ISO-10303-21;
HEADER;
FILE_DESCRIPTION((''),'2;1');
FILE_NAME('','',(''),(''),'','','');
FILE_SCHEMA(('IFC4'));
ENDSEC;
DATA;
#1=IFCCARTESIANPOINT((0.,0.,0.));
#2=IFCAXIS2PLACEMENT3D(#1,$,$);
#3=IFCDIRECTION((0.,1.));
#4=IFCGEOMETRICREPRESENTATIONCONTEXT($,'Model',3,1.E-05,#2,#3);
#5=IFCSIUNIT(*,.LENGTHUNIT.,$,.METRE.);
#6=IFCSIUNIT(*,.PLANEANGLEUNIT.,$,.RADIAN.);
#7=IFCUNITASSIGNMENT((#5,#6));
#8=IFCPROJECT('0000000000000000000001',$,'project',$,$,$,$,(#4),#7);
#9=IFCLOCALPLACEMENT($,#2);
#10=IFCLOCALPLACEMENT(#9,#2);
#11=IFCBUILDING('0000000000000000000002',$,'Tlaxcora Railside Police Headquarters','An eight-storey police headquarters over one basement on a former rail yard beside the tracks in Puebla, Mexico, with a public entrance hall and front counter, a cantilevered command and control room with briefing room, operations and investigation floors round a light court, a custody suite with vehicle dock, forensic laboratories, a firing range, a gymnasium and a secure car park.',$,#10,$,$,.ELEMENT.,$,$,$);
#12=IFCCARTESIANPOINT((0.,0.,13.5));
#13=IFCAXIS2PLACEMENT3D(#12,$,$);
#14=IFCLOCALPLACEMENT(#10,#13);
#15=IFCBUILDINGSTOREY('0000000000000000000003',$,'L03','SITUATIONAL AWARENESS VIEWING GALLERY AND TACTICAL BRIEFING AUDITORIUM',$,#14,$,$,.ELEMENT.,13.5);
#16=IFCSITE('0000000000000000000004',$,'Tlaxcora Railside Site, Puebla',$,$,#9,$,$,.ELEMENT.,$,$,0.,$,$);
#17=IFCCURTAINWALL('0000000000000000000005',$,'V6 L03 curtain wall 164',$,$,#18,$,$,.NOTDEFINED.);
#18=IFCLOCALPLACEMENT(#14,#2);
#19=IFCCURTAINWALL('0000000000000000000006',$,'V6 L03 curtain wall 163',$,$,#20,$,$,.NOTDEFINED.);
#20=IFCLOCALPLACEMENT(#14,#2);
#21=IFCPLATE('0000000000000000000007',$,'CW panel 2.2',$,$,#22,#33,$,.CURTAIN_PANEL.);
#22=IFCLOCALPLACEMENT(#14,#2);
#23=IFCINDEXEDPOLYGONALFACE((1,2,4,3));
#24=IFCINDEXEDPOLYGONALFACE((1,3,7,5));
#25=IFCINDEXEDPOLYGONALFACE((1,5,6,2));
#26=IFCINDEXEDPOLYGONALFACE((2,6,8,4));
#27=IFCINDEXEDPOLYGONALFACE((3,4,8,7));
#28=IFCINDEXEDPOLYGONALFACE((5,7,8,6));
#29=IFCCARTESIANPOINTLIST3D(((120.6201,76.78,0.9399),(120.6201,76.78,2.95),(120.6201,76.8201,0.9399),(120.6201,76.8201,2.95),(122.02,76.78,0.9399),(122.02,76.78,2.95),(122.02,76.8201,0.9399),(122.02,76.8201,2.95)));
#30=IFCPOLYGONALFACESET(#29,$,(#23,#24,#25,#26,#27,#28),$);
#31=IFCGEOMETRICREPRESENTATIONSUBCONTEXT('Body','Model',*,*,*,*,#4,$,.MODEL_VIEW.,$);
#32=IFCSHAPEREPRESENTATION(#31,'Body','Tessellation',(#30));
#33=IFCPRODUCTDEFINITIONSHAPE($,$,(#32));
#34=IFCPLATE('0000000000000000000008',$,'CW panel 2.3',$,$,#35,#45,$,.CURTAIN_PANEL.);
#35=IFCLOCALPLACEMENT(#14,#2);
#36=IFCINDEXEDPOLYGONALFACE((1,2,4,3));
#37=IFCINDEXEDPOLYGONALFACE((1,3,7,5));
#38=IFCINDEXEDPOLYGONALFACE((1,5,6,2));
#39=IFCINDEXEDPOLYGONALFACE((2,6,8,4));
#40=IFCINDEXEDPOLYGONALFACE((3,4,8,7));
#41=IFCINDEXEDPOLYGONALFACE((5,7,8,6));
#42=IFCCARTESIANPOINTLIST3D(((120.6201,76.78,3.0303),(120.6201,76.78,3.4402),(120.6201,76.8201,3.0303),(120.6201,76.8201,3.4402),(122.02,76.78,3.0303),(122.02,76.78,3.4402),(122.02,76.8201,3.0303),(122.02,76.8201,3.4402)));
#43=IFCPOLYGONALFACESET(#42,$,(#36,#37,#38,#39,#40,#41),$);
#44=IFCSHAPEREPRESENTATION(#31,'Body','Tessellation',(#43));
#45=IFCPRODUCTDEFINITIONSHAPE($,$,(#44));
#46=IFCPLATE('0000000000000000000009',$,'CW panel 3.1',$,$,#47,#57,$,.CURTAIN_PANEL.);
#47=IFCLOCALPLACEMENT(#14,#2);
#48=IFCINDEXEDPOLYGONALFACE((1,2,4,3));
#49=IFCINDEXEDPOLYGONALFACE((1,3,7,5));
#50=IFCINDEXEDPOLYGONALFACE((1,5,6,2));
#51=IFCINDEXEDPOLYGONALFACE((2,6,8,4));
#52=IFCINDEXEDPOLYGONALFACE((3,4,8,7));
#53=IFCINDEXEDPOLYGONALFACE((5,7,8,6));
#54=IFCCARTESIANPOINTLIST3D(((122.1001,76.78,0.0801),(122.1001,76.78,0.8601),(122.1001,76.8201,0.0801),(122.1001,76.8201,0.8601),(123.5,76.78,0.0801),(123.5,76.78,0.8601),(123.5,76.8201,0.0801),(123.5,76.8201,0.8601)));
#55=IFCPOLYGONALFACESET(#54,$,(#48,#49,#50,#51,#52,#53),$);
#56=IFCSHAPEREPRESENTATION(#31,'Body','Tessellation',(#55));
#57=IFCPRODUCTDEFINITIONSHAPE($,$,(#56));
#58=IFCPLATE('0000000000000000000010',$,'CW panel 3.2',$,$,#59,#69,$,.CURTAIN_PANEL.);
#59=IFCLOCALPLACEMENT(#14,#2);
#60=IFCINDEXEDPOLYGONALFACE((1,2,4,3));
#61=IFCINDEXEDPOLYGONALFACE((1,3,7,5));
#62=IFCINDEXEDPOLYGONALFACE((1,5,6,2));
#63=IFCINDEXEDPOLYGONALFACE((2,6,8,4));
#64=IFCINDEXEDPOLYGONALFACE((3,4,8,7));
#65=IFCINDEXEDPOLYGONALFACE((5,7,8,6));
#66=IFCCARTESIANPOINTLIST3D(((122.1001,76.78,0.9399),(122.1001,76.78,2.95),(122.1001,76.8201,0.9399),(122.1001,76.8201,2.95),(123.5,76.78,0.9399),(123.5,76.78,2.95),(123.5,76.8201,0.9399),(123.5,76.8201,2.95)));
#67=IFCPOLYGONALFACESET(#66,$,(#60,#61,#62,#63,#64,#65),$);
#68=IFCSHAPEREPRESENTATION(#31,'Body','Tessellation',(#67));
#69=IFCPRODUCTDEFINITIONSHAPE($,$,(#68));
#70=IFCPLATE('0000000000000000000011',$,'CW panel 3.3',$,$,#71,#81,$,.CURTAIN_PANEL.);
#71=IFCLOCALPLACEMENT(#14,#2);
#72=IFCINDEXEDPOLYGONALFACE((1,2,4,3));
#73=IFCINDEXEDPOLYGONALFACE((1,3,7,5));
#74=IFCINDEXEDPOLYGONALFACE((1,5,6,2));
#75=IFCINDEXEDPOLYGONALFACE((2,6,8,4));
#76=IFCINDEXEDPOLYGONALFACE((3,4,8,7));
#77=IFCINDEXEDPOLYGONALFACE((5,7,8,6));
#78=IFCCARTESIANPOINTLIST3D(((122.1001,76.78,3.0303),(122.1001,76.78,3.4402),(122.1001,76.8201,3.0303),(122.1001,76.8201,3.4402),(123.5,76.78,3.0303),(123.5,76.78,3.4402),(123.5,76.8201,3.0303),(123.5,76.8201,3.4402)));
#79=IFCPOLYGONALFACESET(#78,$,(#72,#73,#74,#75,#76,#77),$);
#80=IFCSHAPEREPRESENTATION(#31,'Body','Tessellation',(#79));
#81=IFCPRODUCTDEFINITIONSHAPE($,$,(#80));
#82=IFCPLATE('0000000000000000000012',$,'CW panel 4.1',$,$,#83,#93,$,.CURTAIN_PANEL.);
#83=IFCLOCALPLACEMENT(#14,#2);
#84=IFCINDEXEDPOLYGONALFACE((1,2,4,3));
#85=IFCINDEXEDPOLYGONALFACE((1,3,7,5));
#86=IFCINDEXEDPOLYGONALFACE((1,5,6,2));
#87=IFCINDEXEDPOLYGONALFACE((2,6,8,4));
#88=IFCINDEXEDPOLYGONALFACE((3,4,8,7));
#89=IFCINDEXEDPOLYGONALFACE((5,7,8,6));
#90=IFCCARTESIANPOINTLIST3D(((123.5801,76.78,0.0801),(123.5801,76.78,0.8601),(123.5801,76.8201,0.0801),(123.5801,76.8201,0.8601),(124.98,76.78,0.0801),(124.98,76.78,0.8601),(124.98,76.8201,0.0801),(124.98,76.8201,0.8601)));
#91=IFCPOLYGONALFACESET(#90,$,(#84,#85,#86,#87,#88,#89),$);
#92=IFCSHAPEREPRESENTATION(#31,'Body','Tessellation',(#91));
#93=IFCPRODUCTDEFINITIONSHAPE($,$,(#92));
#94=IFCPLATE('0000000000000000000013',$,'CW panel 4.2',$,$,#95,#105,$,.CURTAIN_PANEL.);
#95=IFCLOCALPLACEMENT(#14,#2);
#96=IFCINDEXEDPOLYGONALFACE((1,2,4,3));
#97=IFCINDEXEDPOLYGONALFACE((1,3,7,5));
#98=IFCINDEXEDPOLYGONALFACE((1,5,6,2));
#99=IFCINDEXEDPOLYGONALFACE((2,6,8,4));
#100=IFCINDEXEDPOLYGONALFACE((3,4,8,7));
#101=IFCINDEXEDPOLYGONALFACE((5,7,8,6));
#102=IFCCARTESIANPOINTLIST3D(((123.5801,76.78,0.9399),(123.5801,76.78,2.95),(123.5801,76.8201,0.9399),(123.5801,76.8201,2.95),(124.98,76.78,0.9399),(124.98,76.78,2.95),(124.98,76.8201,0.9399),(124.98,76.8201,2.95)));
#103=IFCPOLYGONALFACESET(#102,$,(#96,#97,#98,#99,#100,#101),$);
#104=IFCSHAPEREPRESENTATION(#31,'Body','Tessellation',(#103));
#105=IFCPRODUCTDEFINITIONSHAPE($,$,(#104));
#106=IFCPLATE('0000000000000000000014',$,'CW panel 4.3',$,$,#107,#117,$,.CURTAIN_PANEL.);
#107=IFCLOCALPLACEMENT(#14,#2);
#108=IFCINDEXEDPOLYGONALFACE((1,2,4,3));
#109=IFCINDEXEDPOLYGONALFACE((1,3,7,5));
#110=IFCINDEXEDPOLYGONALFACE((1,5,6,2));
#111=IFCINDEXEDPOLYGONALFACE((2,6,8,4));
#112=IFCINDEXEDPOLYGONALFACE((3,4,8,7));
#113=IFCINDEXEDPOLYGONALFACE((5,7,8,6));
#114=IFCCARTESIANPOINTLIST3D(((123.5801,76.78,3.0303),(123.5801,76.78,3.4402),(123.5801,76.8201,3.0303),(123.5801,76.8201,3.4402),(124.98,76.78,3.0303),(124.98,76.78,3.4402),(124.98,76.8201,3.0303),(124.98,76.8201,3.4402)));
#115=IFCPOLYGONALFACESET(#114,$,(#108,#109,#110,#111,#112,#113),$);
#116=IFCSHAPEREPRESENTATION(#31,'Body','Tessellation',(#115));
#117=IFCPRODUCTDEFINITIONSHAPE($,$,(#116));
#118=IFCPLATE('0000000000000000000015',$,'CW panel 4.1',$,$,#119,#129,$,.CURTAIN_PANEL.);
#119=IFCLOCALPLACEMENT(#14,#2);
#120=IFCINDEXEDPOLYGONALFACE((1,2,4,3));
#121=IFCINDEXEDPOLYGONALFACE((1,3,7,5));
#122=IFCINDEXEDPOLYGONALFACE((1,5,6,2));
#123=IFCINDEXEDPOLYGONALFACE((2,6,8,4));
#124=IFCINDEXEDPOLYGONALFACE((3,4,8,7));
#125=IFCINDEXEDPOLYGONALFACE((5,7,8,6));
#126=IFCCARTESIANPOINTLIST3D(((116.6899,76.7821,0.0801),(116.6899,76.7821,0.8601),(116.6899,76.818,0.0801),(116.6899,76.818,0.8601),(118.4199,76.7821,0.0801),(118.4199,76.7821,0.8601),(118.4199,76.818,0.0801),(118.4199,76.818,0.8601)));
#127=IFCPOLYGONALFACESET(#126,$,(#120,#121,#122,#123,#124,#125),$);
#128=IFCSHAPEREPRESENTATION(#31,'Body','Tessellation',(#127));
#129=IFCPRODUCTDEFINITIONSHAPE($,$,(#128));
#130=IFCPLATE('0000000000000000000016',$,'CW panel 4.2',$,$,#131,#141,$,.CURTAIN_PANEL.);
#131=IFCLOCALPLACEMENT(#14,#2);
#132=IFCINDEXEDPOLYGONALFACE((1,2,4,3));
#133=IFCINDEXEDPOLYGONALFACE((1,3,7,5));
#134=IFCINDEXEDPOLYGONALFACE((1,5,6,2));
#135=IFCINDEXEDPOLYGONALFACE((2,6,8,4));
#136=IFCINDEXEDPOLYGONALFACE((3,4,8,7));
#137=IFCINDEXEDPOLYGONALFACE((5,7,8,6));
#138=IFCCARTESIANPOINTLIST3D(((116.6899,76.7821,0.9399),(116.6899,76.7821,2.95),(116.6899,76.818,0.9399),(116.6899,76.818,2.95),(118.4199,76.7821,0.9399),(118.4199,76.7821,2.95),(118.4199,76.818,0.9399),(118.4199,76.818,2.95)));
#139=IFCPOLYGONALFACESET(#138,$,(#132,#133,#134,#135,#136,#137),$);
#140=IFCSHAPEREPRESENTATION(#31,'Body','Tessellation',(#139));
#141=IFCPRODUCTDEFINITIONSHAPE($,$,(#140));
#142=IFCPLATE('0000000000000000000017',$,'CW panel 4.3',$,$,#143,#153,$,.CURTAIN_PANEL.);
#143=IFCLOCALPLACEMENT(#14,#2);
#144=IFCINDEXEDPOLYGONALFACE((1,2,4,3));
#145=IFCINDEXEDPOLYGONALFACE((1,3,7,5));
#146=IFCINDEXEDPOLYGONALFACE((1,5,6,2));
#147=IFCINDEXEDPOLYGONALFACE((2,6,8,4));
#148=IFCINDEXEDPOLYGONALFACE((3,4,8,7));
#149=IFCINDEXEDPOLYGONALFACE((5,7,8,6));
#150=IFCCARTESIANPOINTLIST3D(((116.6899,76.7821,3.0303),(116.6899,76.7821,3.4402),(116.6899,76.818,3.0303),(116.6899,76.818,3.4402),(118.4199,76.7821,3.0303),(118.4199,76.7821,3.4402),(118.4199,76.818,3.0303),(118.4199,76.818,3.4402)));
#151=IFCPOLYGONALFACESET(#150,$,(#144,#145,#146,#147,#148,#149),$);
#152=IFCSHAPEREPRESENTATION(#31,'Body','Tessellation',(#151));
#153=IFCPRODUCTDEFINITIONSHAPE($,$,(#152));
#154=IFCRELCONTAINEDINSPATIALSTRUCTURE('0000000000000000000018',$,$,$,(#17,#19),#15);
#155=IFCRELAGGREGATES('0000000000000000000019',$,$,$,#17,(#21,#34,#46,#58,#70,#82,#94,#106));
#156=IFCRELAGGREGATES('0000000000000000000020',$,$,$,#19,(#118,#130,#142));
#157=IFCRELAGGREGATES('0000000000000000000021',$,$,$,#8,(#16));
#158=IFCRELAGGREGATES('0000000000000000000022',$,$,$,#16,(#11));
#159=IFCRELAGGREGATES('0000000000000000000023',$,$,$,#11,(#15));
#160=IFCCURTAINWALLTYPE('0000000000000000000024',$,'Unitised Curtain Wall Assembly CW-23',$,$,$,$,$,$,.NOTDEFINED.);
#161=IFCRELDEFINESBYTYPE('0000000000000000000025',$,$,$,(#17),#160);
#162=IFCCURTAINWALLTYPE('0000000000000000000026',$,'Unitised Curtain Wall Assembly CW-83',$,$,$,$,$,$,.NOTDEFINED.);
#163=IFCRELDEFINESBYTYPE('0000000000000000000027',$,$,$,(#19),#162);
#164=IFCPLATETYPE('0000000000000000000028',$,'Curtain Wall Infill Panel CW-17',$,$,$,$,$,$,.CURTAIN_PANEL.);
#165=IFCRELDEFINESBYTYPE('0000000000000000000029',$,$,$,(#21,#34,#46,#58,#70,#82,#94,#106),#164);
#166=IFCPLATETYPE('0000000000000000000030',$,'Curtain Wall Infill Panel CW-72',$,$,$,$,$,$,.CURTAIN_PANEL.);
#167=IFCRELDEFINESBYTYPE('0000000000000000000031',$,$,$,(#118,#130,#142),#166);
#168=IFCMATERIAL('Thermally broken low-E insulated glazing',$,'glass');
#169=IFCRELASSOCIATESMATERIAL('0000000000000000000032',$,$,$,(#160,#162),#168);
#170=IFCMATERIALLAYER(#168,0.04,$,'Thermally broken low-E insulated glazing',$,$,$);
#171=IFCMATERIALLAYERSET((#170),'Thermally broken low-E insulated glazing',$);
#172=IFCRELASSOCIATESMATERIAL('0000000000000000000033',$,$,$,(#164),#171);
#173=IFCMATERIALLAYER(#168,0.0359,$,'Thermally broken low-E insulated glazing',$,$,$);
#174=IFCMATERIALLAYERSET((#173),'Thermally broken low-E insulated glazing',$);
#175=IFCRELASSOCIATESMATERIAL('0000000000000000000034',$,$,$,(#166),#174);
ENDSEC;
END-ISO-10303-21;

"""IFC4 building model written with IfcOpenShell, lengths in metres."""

from ifc_helpers import new_model, si_unit, direction, frame, origin, origin_2d, place, context, subcontext, project, spatial, rectangle, extrude, material, layer, layer_set, type_object, element, aggregate, save


model = new_model("IFC4")

# Units and contexts
model_context = context("Model", 3, precision=1e-05, world=origin(), true_north=direction((0.0, 1.0)))
body_context = subcontext(model_context, "Body", "Model", "MODEL_VIEW")
ifc_project = project(units=[si_unit("LENGTHUNIT", "METRE"), si_unit("PLANEANGLEUNIT", "RADIAN")], contexts=[model_context])

# Site, building, storey
site_placement = place(None, origin())
site = spatial("IfcSite", under=ifc_project, at=site_placement, Name="Tlaxcora Railside Site, Puebla", CompositionType="ELEMENT", RefElevation=0.0)
building_placement = place(site_placement, origin())
building = spatial("IfcBuilding", under=site, at=building_placement, Name="Tlaxcora Railside Police Headquarters", Description="An eight-storey police headquarters over one basement on a former rail yard beside the tracks in Puebla, Mexico, with a public entrance hall and front counter, a cantilevered command and control room with briefing room, operations and investigation floors round a light court, a custody suite with vehicle dock, forensic laboratories, a firing range, a gymnasium and a secure car park.", CompositionType="ELEMENT")
storey_placement = place(building_placement, frame((0.0, 0.0, 13.5)))
storey = spatial("IfcBuildingStorey", under=building, at=storey_placement, Name="L03", Description="SITUATIONAL AWARENESS VIEWING GALLERY AND TACTICAL BRIEFING AUDITORIUM", CompositionType="ELEMENT", Elevation=13.5)

# Curtain wall
ifc_material_1 = material(Name="Thermally broken low-E insulated glazing", Category="glass")
curtain_wall_type_1 = type_object("IfcCurtainWallType", Name="Unitised Curtain Wall Assembly CW-23", PredefinedType="NOTDEFINED", material=ifc_material_1)
curtain_wall_1_placement = place(storey_placement, origin())
curtain_wall_1 = element("IfcCurtainWall", 1, at=curtain_wall_1_placement, inside=storey, type_object=curtain_wall_type_1, Name="V6 L03 curtain wall 164", PredefinedType="NOTDEFINED")

# Curtain wall
curtain_wall_type_2 = type_object("IfcCurtainWallType", Name="Unitised Curtain Wall Assembly CW-83", PredefinedType="NOTDEFINED", material=ifc_material_1)
curtain_wall_2_placement = place(storey_placement, origin())
curtain_wall_2 = element("IfcCurtainWall", 2, at=curtain_wall_2_placement, inside=storey, type_object=curtain_wall_type_2, Name="V6 L03 curtain wall 163", PredefinedType="NOTDEFINED")

# Plates
ifc_layer_1 = layer(ifc_material_1, 0.04, Name="Thermally broken low-E insulated glazing")
ifc_layer_set_1 = layer_set([ifc_layer_1], Name="Thermally broken low-E insulated glazing")
plate_type_1 = type_object("IfcPlateType", Name="Curtain Wall Infill Panel CW-17", PredefinedType="CURTAIN_PANEL", material=ifc_layer_set_1)
plate_1_placement = place(storey_placement, frame((121.3201, 76.8, 0.9399), z_axis=(0.0, 0.0, 1.0), x_axis=(1.0, 0.0, 0.0)))
plate_1 = element("IfcPlate", 3, at=plate_1_placement, type_object=plate_type_1, Name="CW panel 2.2", PredefinedType="CURTAIN_PANEL", context=body_context, shape_type="SweptSolid", body=[
    extrude(rectangle(XDim=1.3999, YDim=0.04, at=origin_2d()), origin(), (0.0, 0.0, 1.0), 2.01),
])
plate_2_placement = place(storey_placement, frame((121.3201, 76.8, 3.0303), z_axis=(0.0, 0.0, 1.0), x_axis=(1.0, 0.0, 0.0)))
plate_2 = element("IfcPlate", 4, at=plate_2_placement, type_object=plate_type_1, Name="CW panel 2.3", PredefinedType="CURTAIN_PANEL", context=body_context, shape_type="SweptSolid", body=[
    extrude(rectangle(XDim=1.3999, YDim=0.04, at=origin_2d()), origin(), (0.0, 0.0, 1.0), 0.4099),
])
plate_3_placement = place(storey_placement, frame((122.8, 76.8, 0.0801), z_axis=(0.0, 0.0, 1.0), x_axis=(1.0, 0.0, 0.0)))
plate_3 = element("IfcPlate", 5, at=plate_3_placement, type_object=plate_type_1, Name="CW panel 3.1", PredefinedType="CURTAIN_PANEL", context=body_context, shape_type="SweptSolid", body=[
    extrude(rectangle(XDim=1.3999, YDim=0.04, at=origin_2d()), origin(), (0.0, 0.0, 1.0), 0.78),
])
plate_4_placement = place(storey_placement, frame((122.8, 76.8, 0.9399), z_axis=(0.0, 0.0, 1.0), x_axis=(1.0, 0.0, 0.0)))
plate_4 = element("IfcPlate", 6, at=plate_4_placement, type_object=plate_type_1, Name="CW panel 3.2", PredefinedType="CURTAIN_PANEL", context=body_context, shape_type="SweptSolid", body=[
    extrude(rectangle(XDim=1.3999, YDim=0.04, at=origin_2d()), origin(), (0.0, 0.0, 1.0), 2.01),
])
plate_5_placement = place(storey_placement, frame((122.8, 76.8, 3.0303), z_axis=(0.0, 0.0, 1.0), x_axis=(1.0, 0.0, 0.0)))
plate_5 = element("IfcPlate", 7, at=plate_5_placement, type_object=plate_type_1, Name="CW panel 3.3", PredefinedType="CURTAIN_PANEL", context=body_context, shape_type="SweptSolid", body=[
    extrude(rectangle(XDim=1.3999, YDim=0.04, at=origin_2d()), origin(), (0.0, 0.0, 1.0), 0.4099),
])
plate_6_placement = place(storey_placement, frame((124.28, 76.8, 0.0801), z_axis=(0.0, 0.0, 1.0), x_axis=(1.0, 0.0, 0.0)))
plate_6 = element("IfcPlate", 8, at=plate_6_placement, type_object=plate_type_1, Name="CW panel 4.1", PredefinedType="CURTAIN_PANEL", context=body_context, shape_type="SweptSolid", body=[
    extrude(rectangle(XDim=1.3999, YDim=0.04, at=origin_2d()), origin(), (0.0, 0.0, 1.0), 0.78),
])
plate_7_placement = place(storey_placement, frame((124.28, 76.8, 0.9399), z_axis=(0.0, 0.0, 1.0), x_axis=(1.0, 0.0, 0.0)))
plate_7 = element("IfcPlate", 9, at=plate_7_placement, type_object=plate_type_1, Name="CW panel 4.2", PredefinedType="CURTAIN_PANEL", context=body_context, shape_type="SweptSolid", body=[
    extrude(rectangle(XDim=1.3999, YDim=0.04, at=origin_2d()), origin(), (0.0, 0.0, 1.0), 2.01),
])
plate_8_placement = place(storey_placement, frame((124.28, 76.8, 3.0303), z_axis=(0.0, 0.0, 1.0), x_axis=(1.0, 0.0, 0.0)))
plate_8 = element("IfcPlate", 10, at=plate_8_placement, type_object=plate_type_1, Name="CW panel 4.3", PredefinedType="CURTAIN_PANEL", context=body_context, shape_type="SweptSolid", body=[
    extrude(rectangle(XDim=1.3999, YDim=0.04, at=origin_2d()), origin(), (0.0, 0.0, 1.0), 0.4099),
])
aggregate(curtain_wall_1, [plate_1, plate_2, plate_3, plate_4, plate_5, plate_6, plate_7, plate_8])
ifc_layer_2 = layer(ifc_material_1, 0.0359, Name="Thermally broken low-E insulated glazing")
ifc_layer_set_2 = layer_set([ifc_layer_2], Name="Thermally broken low-E insulated glazing")
plate_type_2 = type_object("IfcPlateType", Name="Curtain Wall Infill Panel CW-72", PredefinedType="CURTAIN_PANEL", material=ifc_layer_set_2)
plate_9_placement = place(storey_placement, frame((117.5549, 76.8, 0.0801), z_axis=(0.0, 0.0, 1.0), x_axis=(1.0, 0.0, 0.0)))
plate_9 = element("IfcPlate", 11, at=plate_9_placement, type_object=plate_type_2, Name="CW panel 4.1", PredefinedType="CURTAIN_PANEL", context=body_context, shape_type="SweptSolid", body=[
    extrude(rectangle(XDim=1.73, YDim=0.0359, at=origin_2d()), origin(), (0.0, 0.0, 1.0), 0.78),
])
plate_10_placement = place(storey_placement, frame((117.5549, 76.8, 0.9399), z_axis=(0.0, 0.0, 1.0), x_axis=(1.0, 0.0, 0.0)))
plate_10 = element("IfcPlate", 12, at=plate_10_placement, type_object=plate_type_2, Name="CW panel 4.2", PredefinedType="CURTAIN_PANEL", context=body_context, shape_type="SweptSolid", body=[
    extrude(rectangle(XDim=1.73, YDim=0.0359, at=origin_2d()), origin(), (0.0, 0.0, 1.0), 2.01),
])
plate_11_placement = place(storey_placement, frame((117.5549, 76.8, 3.0303), z_axis=(0.0, 0.0, 1.0), x_axis=(1.0, 0.0, 0.0)))
plate_11 = element("IfcPlate", 13, at=plate_11_placement, type_object=plate_type_2, Name="CW panel 4.3", PredefinedType="CURTAIN_PANEL", context=body_context, shape_type="SweptSolid", body=[
    extrude(rectangle(XDim=1.73, YDim=0.0359, at=origin_2d()), origin(), (0.0, 0.0, 1.0), 0.4099),
])
aggregate(curtain_wall_2, [plate_9, plate_10, plate_11])

save(model, "model.ifc")
